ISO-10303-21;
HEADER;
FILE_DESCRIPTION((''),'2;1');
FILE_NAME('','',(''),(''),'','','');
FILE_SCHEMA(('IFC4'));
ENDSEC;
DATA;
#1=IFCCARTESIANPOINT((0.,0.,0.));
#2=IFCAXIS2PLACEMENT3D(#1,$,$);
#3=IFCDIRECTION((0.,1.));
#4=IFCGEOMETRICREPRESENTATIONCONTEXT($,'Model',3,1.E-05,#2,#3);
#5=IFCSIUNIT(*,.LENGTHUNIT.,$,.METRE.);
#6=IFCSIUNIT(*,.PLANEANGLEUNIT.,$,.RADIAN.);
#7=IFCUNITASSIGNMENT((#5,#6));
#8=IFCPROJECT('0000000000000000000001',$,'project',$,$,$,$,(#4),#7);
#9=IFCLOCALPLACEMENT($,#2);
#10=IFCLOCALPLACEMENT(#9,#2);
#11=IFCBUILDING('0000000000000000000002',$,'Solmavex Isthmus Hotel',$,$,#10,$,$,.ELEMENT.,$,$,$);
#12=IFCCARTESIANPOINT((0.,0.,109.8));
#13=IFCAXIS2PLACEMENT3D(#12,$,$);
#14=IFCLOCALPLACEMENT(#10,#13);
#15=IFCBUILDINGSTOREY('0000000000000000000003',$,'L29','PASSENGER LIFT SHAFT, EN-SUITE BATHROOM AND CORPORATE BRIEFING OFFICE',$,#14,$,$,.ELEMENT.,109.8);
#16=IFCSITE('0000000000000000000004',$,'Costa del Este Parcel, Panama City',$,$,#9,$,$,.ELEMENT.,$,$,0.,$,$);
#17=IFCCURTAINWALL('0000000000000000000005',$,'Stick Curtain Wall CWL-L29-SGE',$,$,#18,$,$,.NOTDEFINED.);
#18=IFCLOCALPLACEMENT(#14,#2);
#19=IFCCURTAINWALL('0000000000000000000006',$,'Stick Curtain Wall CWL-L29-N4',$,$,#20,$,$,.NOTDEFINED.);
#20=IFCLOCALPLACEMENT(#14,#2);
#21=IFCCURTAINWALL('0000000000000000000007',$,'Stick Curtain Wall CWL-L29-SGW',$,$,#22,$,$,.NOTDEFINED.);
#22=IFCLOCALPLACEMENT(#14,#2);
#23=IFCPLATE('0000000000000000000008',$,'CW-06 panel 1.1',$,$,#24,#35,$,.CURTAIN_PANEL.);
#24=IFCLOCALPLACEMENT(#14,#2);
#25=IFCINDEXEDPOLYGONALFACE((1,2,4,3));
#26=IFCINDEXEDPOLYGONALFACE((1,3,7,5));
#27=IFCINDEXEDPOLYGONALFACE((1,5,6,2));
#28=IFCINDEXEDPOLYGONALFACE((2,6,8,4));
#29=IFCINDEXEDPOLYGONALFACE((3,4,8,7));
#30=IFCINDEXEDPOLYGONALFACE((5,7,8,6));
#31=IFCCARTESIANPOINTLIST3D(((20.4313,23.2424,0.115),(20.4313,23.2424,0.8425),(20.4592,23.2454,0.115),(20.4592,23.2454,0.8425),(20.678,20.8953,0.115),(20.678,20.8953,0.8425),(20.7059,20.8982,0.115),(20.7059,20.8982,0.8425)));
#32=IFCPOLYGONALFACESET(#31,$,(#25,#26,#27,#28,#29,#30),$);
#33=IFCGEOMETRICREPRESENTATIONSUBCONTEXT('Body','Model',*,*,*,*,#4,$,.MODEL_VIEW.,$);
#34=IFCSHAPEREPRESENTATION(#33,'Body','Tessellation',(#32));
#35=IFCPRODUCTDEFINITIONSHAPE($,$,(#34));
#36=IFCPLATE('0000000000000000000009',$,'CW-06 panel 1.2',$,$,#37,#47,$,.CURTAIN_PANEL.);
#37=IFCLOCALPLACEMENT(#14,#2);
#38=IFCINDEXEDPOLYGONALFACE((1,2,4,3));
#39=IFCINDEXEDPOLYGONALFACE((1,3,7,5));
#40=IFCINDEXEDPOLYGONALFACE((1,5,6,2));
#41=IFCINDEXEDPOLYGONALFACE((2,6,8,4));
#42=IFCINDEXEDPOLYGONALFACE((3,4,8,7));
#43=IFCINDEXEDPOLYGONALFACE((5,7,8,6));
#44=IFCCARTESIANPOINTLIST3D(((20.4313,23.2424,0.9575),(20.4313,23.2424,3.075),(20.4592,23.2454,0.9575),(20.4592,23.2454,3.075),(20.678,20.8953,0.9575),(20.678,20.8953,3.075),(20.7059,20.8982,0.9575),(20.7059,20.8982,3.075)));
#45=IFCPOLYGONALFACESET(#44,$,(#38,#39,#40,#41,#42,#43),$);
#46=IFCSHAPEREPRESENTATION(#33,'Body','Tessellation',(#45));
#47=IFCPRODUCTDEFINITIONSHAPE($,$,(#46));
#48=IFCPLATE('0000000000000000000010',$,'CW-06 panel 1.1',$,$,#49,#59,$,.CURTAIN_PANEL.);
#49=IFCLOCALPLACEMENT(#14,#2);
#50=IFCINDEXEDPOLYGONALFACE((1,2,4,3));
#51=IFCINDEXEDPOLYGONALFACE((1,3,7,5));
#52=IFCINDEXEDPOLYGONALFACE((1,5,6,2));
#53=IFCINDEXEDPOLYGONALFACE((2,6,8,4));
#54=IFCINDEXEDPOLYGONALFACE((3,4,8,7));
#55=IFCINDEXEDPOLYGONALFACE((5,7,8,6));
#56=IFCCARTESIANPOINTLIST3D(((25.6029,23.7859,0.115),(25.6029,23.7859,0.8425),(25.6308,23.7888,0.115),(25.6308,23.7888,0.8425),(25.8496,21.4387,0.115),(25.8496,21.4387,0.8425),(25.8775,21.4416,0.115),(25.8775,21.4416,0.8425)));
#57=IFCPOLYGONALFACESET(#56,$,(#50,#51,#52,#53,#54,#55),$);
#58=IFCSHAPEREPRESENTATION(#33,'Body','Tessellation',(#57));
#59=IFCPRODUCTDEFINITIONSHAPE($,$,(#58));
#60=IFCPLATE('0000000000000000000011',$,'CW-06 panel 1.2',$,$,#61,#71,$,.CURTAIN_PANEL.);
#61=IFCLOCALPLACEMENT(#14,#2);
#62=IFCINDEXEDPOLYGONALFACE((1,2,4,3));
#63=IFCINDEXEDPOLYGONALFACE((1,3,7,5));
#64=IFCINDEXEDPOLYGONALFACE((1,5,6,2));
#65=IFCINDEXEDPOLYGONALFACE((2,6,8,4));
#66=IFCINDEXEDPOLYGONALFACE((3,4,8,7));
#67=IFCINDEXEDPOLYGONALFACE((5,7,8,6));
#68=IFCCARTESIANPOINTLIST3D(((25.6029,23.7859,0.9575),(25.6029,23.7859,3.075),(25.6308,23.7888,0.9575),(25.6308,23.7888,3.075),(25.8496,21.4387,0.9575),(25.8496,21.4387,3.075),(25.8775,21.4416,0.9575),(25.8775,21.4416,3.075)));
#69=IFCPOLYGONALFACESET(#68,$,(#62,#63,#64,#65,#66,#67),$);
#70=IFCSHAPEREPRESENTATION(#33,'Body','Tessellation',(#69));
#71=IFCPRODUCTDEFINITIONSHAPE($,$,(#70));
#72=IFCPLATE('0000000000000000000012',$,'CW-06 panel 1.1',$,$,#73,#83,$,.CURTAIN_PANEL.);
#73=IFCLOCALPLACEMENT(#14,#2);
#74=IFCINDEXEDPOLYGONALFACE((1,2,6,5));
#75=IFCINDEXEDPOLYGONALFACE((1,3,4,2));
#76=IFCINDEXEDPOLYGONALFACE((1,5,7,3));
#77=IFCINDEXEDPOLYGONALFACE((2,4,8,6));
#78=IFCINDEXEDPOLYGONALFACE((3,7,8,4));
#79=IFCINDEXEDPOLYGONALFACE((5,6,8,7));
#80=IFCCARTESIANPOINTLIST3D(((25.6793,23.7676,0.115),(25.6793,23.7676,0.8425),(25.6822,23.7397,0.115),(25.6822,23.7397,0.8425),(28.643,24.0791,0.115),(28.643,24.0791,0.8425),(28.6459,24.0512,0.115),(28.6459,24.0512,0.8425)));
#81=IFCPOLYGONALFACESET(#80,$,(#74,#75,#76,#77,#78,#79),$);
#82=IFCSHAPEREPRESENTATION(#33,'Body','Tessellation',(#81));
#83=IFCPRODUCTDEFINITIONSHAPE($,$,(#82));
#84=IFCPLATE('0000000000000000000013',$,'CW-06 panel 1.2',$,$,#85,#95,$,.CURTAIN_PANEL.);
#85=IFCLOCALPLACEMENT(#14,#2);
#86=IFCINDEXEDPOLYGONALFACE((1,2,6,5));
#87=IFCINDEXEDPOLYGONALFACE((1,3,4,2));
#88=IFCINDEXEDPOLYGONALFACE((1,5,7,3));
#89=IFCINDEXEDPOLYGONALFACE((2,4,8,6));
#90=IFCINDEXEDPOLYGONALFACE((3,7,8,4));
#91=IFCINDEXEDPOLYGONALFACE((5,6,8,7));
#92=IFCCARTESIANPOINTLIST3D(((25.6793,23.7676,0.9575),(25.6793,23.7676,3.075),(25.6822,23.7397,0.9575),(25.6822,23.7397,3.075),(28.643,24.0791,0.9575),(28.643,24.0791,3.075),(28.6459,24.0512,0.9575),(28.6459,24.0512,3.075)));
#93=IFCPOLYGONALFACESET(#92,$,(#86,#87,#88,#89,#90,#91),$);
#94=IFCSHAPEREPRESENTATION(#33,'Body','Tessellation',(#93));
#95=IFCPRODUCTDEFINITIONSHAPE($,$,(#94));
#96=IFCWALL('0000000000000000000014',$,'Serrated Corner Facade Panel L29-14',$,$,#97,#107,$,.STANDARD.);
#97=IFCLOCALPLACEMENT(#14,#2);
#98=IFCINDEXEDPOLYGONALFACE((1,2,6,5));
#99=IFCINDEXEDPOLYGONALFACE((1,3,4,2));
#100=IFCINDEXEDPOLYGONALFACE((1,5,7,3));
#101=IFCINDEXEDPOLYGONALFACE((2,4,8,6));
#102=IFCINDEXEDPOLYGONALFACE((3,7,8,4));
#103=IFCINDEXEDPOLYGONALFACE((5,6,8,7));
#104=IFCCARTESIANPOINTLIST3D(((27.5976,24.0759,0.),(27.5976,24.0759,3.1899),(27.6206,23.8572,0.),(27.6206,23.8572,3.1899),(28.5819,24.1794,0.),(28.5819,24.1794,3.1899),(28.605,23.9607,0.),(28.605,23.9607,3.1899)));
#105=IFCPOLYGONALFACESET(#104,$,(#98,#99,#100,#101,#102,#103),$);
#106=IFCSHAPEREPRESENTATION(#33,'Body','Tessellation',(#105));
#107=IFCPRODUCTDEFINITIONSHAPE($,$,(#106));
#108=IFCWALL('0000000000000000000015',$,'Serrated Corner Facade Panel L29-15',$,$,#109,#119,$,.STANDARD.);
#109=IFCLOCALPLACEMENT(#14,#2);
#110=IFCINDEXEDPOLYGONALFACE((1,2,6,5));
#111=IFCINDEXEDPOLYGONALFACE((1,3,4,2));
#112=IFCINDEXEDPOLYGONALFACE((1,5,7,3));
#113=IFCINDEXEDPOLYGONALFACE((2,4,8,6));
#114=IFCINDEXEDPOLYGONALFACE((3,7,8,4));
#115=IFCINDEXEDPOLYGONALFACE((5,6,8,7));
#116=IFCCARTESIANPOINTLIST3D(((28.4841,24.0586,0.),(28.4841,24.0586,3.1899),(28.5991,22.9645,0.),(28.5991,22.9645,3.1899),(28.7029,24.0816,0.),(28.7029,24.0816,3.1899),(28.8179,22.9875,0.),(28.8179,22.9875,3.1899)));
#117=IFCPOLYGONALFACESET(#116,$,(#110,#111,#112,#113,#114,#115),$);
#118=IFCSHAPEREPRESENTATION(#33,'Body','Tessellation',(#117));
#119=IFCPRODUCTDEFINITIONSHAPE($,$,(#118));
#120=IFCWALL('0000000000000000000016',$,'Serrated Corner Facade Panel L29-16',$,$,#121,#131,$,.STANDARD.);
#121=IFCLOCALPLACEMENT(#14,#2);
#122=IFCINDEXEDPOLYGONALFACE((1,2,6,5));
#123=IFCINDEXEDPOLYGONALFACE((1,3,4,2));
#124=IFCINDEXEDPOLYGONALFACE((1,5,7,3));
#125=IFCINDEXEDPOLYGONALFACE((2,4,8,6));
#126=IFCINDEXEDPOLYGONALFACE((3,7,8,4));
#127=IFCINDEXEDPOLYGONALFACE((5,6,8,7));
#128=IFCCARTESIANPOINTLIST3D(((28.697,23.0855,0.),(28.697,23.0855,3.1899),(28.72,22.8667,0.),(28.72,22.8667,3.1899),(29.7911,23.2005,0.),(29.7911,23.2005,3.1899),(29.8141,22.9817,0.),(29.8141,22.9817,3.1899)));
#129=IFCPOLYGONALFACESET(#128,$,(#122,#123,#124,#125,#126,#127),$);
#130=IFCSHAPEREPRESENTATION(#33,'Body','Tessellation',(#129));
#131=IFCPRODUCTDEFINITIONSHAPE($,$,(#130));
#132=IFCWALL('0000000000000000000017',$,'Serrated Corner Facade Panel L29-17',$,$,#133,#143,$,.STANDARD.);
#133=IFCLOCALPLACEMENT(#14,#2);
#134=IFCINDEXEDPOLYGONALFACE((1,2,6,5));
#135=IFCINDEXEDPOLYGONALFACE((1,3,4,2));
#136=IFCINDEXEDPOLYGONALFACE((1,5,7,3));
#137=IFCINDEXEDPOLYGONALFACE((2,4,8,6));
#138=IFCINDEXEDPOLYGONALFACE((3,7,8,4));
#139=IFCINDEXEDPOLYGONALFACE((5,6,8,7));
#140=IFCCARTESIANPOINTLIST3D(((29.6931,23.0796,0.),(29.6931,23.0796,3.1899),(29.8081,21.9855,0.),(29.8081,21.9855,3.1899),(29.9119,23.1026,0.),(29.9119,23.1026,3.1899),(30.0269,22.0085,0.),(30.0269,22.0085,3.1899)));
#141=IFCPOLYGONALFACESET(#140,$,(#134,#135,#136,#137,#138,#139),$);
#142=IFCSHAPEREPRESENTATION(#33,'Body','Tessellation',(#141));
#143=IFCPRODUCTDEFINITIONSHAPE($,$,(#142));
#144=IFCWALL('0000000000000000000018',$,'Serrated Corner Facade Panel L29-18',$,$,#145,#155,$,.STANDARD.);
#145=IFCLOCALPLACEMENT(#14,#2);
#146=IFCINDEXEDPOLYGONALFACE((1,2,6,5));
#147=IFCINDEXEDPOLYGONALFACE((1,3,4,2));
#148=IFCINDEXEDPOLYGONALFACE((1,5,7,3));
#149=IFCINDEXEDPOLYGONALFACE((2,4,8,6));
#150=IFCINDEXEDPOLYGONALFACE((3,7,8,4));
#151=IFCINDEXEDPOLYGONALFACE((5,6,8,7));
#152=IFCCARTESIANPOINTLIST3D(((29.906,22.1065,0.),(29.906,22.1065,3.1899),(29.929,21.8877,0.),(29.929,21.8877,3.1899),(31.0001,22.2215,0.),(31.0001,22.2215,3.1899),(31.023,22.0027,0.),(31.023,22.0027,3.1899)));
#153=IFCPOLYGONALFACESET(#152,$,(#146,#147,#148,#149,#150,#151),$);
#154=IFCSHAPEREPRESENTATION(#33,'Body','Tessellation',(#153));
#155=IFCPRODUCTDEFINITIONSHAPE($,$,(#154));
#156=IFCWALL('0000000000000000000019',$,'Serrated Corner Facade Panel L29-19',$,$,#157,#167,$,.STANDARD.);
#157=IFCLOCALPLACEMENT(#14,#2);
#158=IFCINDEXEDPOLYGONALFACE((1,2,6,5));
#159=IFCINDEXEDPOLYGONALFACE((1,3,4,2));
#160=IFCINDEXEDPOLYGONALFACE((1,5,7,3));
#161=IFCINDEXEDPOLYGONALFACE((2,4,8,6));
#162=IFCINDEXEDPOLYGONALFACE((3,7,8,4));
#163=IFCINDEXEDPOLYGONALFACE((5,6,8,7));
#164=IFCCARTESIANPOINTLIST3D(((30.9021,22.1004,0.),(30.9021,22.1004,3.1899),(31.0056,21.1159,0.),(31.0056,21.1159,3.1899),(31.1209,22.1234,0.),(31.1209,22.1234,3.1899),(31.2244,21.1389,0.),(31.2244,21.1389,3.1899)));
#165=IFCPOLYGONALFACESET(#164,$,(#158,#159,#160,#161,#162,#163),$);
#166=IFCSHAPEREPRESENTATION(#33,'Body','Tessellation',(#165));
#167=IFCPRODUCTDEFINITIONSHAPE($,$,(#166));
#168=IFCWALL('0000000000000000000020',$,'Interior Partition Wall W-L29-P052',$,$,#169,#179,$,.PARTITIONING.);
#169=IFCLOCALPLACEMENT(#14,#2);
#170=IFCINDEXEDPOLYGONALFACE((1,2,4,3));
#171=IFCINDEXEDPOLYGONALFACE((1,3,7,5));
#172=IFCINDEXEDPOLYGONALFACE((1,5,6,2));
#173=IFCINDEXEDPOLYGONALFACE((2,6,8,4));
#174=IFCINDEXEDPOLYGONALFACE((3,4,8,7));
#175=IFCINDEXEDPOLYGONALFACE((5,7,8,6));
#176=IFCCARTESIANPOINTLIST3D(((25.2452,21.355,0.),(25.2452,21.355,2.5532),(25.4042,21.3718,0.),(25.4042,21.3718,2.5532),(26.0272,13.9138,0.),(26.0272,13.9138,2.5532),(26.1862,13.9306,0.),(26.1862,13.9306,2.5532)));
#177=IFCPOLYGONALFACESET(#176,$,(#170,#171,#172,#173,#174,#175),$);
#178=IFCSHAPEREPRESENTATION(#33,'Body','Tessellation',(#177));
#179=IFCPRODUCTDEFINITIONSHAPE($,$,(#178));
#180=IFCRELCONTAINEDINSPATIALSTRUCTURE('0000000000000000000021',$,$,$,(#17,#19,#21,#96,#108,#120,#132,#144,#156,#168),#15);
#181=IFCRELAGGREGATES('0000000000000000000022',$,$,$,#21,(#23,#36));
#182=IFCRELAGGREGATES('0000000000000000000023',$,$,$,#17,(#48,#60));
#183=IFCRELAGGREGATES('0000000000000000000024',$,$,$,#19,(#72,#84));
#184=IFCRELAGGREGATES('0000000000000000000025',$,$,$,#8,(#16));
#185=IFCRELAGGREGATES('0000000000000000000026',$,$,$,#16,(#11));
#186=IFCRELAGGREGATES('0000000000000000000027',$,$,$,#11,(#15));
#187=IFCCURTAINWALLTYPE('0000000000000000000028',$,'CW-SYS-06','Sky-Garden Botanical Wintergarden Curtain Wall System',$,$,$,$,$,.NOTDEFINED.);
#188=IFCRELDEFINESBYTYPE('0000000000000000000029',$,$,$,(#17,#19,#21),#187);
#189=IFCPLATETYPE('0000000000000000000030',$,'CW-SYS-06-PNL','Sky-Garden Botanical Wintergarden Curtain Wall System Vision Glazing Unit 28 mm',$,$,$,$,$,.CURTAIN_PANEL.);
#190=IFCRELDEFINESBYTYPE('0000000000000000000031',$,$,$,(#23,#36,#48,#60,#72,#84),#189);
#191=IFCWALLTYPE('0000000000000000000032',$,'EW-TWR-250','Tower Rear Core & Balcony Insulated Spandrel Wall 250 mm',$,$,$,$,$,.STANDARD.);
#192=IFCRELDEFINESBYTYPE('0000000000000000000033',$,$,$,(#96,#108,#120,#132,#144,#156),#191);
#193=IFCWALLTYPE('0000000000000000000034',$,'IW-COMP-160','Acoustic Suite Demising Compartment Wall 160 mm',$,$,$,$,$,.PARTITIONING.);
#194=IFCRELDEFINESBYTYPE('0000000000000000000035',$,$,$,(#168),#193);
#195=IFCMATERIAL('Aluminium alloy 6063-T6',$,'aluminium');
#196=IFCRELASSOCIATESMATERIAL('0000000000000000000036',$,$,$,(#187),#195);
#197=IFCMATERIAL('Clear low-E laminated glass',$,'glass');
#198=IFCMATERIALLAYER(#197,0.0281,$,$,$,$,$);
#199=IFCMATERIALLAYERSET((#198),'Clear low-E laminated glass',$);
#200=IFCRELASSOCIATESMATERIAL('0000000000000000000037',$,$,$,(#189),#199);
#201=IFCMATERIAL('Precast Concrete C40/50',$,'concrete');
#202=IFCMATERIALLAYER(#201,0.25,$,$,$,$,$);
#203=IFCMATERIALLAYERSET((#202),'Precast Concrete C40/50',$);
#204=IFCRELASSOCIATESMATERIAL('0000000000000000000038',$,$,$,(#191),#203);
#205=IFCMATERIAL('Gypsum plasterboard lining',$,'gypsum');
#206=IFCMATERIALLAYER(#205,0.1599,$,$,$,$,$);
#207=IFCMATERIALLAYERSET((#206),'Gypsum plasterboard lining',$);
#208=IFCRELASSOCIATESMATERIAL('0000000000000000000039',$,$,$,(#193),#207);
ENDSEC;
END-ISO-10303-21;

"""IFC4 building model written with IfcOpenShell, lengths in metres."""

from ifc_helpers import new_model, si_unit, direction, frame, frame_2d, origin, origin_2d, place, context, subcontext, project, spatial, rectangle, extrude, material, layer, layer_set, type_object, element, aggregate, save


model = new_model("IFC4")

# Units and contexts
model_context = context("Model", 3, precision=1e-05, world=origin(), true_north=direction((0.0, 1.0)))
body_context = subcontext(model_context, "Body", "Model", "MODEL_VIEW")
ifc_project = project(units=[si_unit("LENGTHUNIT", "METRE"), si_unit("PLANEANGLEUNIT", "RADIAN")], contexts=[model_context])

# Site, building, storey
site_placement = place(None, origin())
site = spatial("IfcSite", under=ifc_project, at=site_placement, Name="Costa del Este Parcel, Panama City", CompositionType="ELEMENT", RefElevation=0.0)
building_placement = place(site_placement, origin())
building = spatial("IfcBuilding", under=site, at=building_placement, Name="Solmavex Isthmus Hotel", CompositionType="ELEMENT")
storey_placement = place(building_placement, frame((0.0, 0.0, 109.8)))
storey = spatial("IfcBuildingStorey", under=building, at=storey_placement, Name="L29", Description="PASSENGER LIFT SHAFT, EN-SUITE BATHROOM AND CORPORATE BRIEFING OFFICE", CompositionType="ELEMENT", Elevation=109.8)

# Curtain walls
ifc_material_1 = material(Name="Aluminium alloy 6063-T6", Category="aluminium")
curtain_wall_type = type_object("IfcCurtainWallType", Name="CW-SYS-06", Description="Sky-Garden Botanical Wintergarden Curtain Wall System", PredefinedType="NOTDEFINED", material=ifc_material_1)
curtain_wall_1_placement = place(storey_placement, origin())
curtain_wall_1 = element("IfcCurtainWall", 1, at=curtain_wall_1_placement, inside=storey, type_object=curtain_wall_type, Name="Stick Curtain Wall CWL-L29-SGE", PredefinedType="NOTDEFINED")
curtain_wall_2_placement = place(storey_placement, origin())
curtain_wall_2 = element("IfcCurtainWall", 2, at=curtain_wall_2_placement, inside=storey, type_object=curtain_wall_type, Name="Stick Curtain Wall CWL-L29-N4", PredefinedType="NOTDEFINED")

# Curtain wall
curtain_wall_3_placement = place(storey_placement, origin())
curtain_wall_3 = element("IfcCurtainWall", 3, at=curtain_wall_3_placement, inside=storey, type_object=curtain_wall_type, Name="Stick Curtain Wall CWL-L29-SGW", PredefinedType="NOTDEFINED")

# Plates
ifc_material_2 = material(Name="Clear low-E laminated glass", Category="glass")
ifc_layer_1 = layer(ifc_material_2, 0.0281)
ifc_layer_set_1 = layer_set([ifc_layer_1], Name="Clear low-E laminated glass")
plate_type = type_object("IfcPlateType", Name="CW-SYS-06-PNL", Description="Sky-Garden Botanical Wintergarden Curtain Wall System Vision Glazing Unit 28 mm", PredefinedType="CURTAIN_PANEL", material=ifc_layer_set_1)
plate_1_placement = place(storey_placement, frame((20.5686, 22.0703, 0.115), z_axis=(0.0, 0.0, 1.0), x_axis=(-0.104528, 0.994522, 0.0)))
plate_1 = element("IfcPlate", 4, at=plate_1_placement, type_object=plate_type, Name="CW-06 panel 1.1", PredefinedType="CURTAIN_PANEL", context=body_context, shape_type="SweptSolid", body=[
    extrude(rectangle(XDim=2.3601, YDim=0.0281, at=origin_2d()), origin(), (0.0, 0.0, 1.0), 0.7275),
])
plate_2_placement = place(storey_placement, frame((20.5686, 22.0703, 0.9575), z_axis=(0.0, 0.0, 1.0), x_axis=(-0.104528, 0.994522, 0.0)))
plate_2 = element("IfcPlate", 5, at=plate_2_placement, type_object=plate_type, Name="CW-06 panel 1.2", PredefinedType="CURTAIN_PANEL", context=body_context, shape_type="SweptSolid", body=[
    extrude(rectangle(XDim=2.3601, YDim=0.0281, at=origin_2d()), origin(), (0.0, 0.0, 1.0), 2.1174),
])
aggregate(curtain_wall_3, [plate_1, plate_2])
plate_3_placement = place(storey_placement, frame((25.7402, 22.6138, 0.115), z_axis=(0.0, 0.0, 1.0), x_axis=(-0.104528, 0.994522, 0.0)))
plate_3 = element("IfcPlate", 6, at=plate_3_placement, type_object=plate_type, Name="CW-06 panel 1.1", PredefinedType="CURTAIN_PANEL", context=body_context, shape_type="SweptSolid", body=[
    extrude(rectangle(XDim=2.3601, YDim=0.0281, at=origin_2d()), origin(), (0.0, 0.0, 1.0), 0.7275),
])
plate_4_placement = place(storey_placement, frame((25.7402, 22.6138, 0.9575), z_axis=(0.0, 0.0, 1.0), x_axis=(-0.104528, 0.994522, 0.0)))
plate_4 = element("IfcPlate", 7, at=plate_4_placement, type_object=plate_type, Name="CW-06 panel 1.2", PredefinedType="CURTAIN_PANEL", context=body_context, shape_type="SweptSolid", body=[
    extrude(rectangle(XDim=2.3601, YDim=0.0281, at=origin_2d()), origin(), (0.0, 0.0, 1.0), 2.1174),
])
aggregate(curtain_wall_1, [plate_3, plate_4])
plate_5_placement = place(storey_placement, frame((27.1626, 23.9094, 0.115), z_axis=(0.0, 0.0, 1.0), x_axis=(0.994522, 0.104529, 0.0)))
plate_5 = element("IfcPlate", 8, at=plate_5_placement, type_object=plate_type, Name="CW-06 panel 1.1", PredefinedType="CURTAIN_PANEL", context=body_context, shape_type="SweptSolid", body=[
    extrude(rectangle(XDim=2.98, YDim=0.0281, at=origin_2d()), origin(), (0.0, 0.0, 1.0), 0.7275),
])
plate_6_placement = place(storey_placement, frame((27.1626, 23.9094, 0.9575), z_axis=(0.0, 0.0, 1.0), x_axis=(0.994522, 0.104529, 0.0)))
plate_6 = element("IfcPlate", 9, at=plate_6_placement, type_object=plate_type, Name="CW-06 panel 1.2", PredefinedType="CURTAIN_PANEL", context=body_context, shape_type="SweptSolid", body=[
    extrude(rectangle(XDim=2.98, YDim=0.0281, at=origin_2d()), origin(), (0.0, 0.0, 1.0), 2.1174),
])
aggregate(curtain_wall_2, [plate_5, plate_6])

# Walls
ifc_material_3 = material(Name="Precast Concrete C40/50", Category="concrete")
ifc_layer_2 = layer(ifc_material_3, 0.25)
ifc_layer_set_2 = layer_set([ifc_layer_2], Name="Precast Concrete C40/50")
wall_type_1 = type_object("IfcWallType", Name="EW-TWR-250", Description="Tower Rear Core & Balcony Insulated Spandrel Wall 250 mm", PredefinedType="STANDARD", material=ifc_layer_set_2)
wall_1_placement = place(storey_placement, frame((27.6091, 23.9666, 0.0), z_axis=(0.0, 0.0, 1.0), x_axis=(0.994516, 0.104582, 0.0)))
element("IfcWall", 10, at=wall_1_placement, inside=storey, type_object=wall_type_1, Name="Serrated Corner Facade Panel L29-14", PredefinedType="STANDARD", context=body_context, shape_type="SweptSolid", body=[
    extrude(rectangle(XDim=0.9897, YDim=0.22, at=frame_2d((0.4949, 0.0))), origin(), (0.0, 0.0, 1.0), 3.1899),
])
for number, where, z_axis, x_axis, name in (
    (11, (28.5935, 24.0701, 0.0), (0.0, 0.0, 1.0), (0.104535, -0.994521, 0.0), "Serrated Corner Facade Panel L29-15"),
    (12, (28.7085, 22.9761, 0.0), (0.0, 0.0, 1.0), (0.994521, 0.104535, 0.0), "Serrated Corner Facade Panel L29-16"),
    (13, (29.8025, 23.0911, 0.0), (0.0, 0.0, 1.0), (0.104535, -0.994521, 0.0), "Serrated Corner Facade Panel L29-17"),
    (14, (29.9175, 21.9971, 0.0), (0.0, 0.0, 1.0), (0.994521, 0.104535, 0.0), "Serrated Corner Facade Panel L29-18"),
):
    element("IfcWall", number, at=place(storey_placement, frame(where, z_axis=z_axis, x_axis=x_axis)), inside=storey, type_object=wall_type_1, Name=name, PredefinedType="STANDARD", context=body_context, shape_type="SweptSolid", body=[
        extrude(rectangle(XDim=1.1001, YDim=0.22, at=frame_2d((0.55, 0.0))), origin(), (0.0, 0.0, 1.0), 3.1899),
    ])
wall_2_placement = place(storey_placement, frame((31.0115, 22.1121, 0.0), z_axis=(0.0, 0.0, 1.0), x_axis=(0.104556, -0.994519, 0.0)))
element("IfcWall", 15, at=wall_2_placement, inside=storey, type_object=wall_type_1, Name="Serrated Corner Facade Panel L29-19", PredefinedType="STANDARD", context=body_context, shape_type="SweptSolid", body=[
    extrude(rectangle(XDim=0.99, YDim=0.22, at=frame_2d((0.4951, 0.0))), origin(), (0.0, 0.0, 1.0), 3.1899),
])
ifc_material_4 = material(Name="Gypsum plasterboard lining", Category="gypsum")
ifc_layer_3 = layer(ifc_material_4, 0.1599)
ifc_layer_set_3 = layer_set([ifc_layer_3], Name="Gypsum plasterboard lining")
wall_type_2 = type_object("IfcWallType", Name="IW-COMP-160", Description="Acoustic Suite Demising Compartment Wall 160 mm", PredefinedType="PARTITIONING", material=ifc_layer_set_3)
wall_3_placement = place(storey_placement, frame((25.3247, 21.3635, 0.0), z_axis=(0.0, 0.0, 1.0), x_axis=(0.104513, -0.994523, 0.0)))
element("IfcWall", 16, at=wall_3_placement, inside=storey, type_object=wall_type_2, Name="Interior Partition Wall W-L29-P052", PredefinedType="PARTITIONING", context=body_context, shape_type="SweptSolid", body=[
    extrude(rectangle(XDim=7.4822, YDim=0.1599, at=frame_2d((3.7412, 0.0))), origin(), (0.0, 0.0, 1.0), 2.5532),
])

save(model, "model.ifc")
